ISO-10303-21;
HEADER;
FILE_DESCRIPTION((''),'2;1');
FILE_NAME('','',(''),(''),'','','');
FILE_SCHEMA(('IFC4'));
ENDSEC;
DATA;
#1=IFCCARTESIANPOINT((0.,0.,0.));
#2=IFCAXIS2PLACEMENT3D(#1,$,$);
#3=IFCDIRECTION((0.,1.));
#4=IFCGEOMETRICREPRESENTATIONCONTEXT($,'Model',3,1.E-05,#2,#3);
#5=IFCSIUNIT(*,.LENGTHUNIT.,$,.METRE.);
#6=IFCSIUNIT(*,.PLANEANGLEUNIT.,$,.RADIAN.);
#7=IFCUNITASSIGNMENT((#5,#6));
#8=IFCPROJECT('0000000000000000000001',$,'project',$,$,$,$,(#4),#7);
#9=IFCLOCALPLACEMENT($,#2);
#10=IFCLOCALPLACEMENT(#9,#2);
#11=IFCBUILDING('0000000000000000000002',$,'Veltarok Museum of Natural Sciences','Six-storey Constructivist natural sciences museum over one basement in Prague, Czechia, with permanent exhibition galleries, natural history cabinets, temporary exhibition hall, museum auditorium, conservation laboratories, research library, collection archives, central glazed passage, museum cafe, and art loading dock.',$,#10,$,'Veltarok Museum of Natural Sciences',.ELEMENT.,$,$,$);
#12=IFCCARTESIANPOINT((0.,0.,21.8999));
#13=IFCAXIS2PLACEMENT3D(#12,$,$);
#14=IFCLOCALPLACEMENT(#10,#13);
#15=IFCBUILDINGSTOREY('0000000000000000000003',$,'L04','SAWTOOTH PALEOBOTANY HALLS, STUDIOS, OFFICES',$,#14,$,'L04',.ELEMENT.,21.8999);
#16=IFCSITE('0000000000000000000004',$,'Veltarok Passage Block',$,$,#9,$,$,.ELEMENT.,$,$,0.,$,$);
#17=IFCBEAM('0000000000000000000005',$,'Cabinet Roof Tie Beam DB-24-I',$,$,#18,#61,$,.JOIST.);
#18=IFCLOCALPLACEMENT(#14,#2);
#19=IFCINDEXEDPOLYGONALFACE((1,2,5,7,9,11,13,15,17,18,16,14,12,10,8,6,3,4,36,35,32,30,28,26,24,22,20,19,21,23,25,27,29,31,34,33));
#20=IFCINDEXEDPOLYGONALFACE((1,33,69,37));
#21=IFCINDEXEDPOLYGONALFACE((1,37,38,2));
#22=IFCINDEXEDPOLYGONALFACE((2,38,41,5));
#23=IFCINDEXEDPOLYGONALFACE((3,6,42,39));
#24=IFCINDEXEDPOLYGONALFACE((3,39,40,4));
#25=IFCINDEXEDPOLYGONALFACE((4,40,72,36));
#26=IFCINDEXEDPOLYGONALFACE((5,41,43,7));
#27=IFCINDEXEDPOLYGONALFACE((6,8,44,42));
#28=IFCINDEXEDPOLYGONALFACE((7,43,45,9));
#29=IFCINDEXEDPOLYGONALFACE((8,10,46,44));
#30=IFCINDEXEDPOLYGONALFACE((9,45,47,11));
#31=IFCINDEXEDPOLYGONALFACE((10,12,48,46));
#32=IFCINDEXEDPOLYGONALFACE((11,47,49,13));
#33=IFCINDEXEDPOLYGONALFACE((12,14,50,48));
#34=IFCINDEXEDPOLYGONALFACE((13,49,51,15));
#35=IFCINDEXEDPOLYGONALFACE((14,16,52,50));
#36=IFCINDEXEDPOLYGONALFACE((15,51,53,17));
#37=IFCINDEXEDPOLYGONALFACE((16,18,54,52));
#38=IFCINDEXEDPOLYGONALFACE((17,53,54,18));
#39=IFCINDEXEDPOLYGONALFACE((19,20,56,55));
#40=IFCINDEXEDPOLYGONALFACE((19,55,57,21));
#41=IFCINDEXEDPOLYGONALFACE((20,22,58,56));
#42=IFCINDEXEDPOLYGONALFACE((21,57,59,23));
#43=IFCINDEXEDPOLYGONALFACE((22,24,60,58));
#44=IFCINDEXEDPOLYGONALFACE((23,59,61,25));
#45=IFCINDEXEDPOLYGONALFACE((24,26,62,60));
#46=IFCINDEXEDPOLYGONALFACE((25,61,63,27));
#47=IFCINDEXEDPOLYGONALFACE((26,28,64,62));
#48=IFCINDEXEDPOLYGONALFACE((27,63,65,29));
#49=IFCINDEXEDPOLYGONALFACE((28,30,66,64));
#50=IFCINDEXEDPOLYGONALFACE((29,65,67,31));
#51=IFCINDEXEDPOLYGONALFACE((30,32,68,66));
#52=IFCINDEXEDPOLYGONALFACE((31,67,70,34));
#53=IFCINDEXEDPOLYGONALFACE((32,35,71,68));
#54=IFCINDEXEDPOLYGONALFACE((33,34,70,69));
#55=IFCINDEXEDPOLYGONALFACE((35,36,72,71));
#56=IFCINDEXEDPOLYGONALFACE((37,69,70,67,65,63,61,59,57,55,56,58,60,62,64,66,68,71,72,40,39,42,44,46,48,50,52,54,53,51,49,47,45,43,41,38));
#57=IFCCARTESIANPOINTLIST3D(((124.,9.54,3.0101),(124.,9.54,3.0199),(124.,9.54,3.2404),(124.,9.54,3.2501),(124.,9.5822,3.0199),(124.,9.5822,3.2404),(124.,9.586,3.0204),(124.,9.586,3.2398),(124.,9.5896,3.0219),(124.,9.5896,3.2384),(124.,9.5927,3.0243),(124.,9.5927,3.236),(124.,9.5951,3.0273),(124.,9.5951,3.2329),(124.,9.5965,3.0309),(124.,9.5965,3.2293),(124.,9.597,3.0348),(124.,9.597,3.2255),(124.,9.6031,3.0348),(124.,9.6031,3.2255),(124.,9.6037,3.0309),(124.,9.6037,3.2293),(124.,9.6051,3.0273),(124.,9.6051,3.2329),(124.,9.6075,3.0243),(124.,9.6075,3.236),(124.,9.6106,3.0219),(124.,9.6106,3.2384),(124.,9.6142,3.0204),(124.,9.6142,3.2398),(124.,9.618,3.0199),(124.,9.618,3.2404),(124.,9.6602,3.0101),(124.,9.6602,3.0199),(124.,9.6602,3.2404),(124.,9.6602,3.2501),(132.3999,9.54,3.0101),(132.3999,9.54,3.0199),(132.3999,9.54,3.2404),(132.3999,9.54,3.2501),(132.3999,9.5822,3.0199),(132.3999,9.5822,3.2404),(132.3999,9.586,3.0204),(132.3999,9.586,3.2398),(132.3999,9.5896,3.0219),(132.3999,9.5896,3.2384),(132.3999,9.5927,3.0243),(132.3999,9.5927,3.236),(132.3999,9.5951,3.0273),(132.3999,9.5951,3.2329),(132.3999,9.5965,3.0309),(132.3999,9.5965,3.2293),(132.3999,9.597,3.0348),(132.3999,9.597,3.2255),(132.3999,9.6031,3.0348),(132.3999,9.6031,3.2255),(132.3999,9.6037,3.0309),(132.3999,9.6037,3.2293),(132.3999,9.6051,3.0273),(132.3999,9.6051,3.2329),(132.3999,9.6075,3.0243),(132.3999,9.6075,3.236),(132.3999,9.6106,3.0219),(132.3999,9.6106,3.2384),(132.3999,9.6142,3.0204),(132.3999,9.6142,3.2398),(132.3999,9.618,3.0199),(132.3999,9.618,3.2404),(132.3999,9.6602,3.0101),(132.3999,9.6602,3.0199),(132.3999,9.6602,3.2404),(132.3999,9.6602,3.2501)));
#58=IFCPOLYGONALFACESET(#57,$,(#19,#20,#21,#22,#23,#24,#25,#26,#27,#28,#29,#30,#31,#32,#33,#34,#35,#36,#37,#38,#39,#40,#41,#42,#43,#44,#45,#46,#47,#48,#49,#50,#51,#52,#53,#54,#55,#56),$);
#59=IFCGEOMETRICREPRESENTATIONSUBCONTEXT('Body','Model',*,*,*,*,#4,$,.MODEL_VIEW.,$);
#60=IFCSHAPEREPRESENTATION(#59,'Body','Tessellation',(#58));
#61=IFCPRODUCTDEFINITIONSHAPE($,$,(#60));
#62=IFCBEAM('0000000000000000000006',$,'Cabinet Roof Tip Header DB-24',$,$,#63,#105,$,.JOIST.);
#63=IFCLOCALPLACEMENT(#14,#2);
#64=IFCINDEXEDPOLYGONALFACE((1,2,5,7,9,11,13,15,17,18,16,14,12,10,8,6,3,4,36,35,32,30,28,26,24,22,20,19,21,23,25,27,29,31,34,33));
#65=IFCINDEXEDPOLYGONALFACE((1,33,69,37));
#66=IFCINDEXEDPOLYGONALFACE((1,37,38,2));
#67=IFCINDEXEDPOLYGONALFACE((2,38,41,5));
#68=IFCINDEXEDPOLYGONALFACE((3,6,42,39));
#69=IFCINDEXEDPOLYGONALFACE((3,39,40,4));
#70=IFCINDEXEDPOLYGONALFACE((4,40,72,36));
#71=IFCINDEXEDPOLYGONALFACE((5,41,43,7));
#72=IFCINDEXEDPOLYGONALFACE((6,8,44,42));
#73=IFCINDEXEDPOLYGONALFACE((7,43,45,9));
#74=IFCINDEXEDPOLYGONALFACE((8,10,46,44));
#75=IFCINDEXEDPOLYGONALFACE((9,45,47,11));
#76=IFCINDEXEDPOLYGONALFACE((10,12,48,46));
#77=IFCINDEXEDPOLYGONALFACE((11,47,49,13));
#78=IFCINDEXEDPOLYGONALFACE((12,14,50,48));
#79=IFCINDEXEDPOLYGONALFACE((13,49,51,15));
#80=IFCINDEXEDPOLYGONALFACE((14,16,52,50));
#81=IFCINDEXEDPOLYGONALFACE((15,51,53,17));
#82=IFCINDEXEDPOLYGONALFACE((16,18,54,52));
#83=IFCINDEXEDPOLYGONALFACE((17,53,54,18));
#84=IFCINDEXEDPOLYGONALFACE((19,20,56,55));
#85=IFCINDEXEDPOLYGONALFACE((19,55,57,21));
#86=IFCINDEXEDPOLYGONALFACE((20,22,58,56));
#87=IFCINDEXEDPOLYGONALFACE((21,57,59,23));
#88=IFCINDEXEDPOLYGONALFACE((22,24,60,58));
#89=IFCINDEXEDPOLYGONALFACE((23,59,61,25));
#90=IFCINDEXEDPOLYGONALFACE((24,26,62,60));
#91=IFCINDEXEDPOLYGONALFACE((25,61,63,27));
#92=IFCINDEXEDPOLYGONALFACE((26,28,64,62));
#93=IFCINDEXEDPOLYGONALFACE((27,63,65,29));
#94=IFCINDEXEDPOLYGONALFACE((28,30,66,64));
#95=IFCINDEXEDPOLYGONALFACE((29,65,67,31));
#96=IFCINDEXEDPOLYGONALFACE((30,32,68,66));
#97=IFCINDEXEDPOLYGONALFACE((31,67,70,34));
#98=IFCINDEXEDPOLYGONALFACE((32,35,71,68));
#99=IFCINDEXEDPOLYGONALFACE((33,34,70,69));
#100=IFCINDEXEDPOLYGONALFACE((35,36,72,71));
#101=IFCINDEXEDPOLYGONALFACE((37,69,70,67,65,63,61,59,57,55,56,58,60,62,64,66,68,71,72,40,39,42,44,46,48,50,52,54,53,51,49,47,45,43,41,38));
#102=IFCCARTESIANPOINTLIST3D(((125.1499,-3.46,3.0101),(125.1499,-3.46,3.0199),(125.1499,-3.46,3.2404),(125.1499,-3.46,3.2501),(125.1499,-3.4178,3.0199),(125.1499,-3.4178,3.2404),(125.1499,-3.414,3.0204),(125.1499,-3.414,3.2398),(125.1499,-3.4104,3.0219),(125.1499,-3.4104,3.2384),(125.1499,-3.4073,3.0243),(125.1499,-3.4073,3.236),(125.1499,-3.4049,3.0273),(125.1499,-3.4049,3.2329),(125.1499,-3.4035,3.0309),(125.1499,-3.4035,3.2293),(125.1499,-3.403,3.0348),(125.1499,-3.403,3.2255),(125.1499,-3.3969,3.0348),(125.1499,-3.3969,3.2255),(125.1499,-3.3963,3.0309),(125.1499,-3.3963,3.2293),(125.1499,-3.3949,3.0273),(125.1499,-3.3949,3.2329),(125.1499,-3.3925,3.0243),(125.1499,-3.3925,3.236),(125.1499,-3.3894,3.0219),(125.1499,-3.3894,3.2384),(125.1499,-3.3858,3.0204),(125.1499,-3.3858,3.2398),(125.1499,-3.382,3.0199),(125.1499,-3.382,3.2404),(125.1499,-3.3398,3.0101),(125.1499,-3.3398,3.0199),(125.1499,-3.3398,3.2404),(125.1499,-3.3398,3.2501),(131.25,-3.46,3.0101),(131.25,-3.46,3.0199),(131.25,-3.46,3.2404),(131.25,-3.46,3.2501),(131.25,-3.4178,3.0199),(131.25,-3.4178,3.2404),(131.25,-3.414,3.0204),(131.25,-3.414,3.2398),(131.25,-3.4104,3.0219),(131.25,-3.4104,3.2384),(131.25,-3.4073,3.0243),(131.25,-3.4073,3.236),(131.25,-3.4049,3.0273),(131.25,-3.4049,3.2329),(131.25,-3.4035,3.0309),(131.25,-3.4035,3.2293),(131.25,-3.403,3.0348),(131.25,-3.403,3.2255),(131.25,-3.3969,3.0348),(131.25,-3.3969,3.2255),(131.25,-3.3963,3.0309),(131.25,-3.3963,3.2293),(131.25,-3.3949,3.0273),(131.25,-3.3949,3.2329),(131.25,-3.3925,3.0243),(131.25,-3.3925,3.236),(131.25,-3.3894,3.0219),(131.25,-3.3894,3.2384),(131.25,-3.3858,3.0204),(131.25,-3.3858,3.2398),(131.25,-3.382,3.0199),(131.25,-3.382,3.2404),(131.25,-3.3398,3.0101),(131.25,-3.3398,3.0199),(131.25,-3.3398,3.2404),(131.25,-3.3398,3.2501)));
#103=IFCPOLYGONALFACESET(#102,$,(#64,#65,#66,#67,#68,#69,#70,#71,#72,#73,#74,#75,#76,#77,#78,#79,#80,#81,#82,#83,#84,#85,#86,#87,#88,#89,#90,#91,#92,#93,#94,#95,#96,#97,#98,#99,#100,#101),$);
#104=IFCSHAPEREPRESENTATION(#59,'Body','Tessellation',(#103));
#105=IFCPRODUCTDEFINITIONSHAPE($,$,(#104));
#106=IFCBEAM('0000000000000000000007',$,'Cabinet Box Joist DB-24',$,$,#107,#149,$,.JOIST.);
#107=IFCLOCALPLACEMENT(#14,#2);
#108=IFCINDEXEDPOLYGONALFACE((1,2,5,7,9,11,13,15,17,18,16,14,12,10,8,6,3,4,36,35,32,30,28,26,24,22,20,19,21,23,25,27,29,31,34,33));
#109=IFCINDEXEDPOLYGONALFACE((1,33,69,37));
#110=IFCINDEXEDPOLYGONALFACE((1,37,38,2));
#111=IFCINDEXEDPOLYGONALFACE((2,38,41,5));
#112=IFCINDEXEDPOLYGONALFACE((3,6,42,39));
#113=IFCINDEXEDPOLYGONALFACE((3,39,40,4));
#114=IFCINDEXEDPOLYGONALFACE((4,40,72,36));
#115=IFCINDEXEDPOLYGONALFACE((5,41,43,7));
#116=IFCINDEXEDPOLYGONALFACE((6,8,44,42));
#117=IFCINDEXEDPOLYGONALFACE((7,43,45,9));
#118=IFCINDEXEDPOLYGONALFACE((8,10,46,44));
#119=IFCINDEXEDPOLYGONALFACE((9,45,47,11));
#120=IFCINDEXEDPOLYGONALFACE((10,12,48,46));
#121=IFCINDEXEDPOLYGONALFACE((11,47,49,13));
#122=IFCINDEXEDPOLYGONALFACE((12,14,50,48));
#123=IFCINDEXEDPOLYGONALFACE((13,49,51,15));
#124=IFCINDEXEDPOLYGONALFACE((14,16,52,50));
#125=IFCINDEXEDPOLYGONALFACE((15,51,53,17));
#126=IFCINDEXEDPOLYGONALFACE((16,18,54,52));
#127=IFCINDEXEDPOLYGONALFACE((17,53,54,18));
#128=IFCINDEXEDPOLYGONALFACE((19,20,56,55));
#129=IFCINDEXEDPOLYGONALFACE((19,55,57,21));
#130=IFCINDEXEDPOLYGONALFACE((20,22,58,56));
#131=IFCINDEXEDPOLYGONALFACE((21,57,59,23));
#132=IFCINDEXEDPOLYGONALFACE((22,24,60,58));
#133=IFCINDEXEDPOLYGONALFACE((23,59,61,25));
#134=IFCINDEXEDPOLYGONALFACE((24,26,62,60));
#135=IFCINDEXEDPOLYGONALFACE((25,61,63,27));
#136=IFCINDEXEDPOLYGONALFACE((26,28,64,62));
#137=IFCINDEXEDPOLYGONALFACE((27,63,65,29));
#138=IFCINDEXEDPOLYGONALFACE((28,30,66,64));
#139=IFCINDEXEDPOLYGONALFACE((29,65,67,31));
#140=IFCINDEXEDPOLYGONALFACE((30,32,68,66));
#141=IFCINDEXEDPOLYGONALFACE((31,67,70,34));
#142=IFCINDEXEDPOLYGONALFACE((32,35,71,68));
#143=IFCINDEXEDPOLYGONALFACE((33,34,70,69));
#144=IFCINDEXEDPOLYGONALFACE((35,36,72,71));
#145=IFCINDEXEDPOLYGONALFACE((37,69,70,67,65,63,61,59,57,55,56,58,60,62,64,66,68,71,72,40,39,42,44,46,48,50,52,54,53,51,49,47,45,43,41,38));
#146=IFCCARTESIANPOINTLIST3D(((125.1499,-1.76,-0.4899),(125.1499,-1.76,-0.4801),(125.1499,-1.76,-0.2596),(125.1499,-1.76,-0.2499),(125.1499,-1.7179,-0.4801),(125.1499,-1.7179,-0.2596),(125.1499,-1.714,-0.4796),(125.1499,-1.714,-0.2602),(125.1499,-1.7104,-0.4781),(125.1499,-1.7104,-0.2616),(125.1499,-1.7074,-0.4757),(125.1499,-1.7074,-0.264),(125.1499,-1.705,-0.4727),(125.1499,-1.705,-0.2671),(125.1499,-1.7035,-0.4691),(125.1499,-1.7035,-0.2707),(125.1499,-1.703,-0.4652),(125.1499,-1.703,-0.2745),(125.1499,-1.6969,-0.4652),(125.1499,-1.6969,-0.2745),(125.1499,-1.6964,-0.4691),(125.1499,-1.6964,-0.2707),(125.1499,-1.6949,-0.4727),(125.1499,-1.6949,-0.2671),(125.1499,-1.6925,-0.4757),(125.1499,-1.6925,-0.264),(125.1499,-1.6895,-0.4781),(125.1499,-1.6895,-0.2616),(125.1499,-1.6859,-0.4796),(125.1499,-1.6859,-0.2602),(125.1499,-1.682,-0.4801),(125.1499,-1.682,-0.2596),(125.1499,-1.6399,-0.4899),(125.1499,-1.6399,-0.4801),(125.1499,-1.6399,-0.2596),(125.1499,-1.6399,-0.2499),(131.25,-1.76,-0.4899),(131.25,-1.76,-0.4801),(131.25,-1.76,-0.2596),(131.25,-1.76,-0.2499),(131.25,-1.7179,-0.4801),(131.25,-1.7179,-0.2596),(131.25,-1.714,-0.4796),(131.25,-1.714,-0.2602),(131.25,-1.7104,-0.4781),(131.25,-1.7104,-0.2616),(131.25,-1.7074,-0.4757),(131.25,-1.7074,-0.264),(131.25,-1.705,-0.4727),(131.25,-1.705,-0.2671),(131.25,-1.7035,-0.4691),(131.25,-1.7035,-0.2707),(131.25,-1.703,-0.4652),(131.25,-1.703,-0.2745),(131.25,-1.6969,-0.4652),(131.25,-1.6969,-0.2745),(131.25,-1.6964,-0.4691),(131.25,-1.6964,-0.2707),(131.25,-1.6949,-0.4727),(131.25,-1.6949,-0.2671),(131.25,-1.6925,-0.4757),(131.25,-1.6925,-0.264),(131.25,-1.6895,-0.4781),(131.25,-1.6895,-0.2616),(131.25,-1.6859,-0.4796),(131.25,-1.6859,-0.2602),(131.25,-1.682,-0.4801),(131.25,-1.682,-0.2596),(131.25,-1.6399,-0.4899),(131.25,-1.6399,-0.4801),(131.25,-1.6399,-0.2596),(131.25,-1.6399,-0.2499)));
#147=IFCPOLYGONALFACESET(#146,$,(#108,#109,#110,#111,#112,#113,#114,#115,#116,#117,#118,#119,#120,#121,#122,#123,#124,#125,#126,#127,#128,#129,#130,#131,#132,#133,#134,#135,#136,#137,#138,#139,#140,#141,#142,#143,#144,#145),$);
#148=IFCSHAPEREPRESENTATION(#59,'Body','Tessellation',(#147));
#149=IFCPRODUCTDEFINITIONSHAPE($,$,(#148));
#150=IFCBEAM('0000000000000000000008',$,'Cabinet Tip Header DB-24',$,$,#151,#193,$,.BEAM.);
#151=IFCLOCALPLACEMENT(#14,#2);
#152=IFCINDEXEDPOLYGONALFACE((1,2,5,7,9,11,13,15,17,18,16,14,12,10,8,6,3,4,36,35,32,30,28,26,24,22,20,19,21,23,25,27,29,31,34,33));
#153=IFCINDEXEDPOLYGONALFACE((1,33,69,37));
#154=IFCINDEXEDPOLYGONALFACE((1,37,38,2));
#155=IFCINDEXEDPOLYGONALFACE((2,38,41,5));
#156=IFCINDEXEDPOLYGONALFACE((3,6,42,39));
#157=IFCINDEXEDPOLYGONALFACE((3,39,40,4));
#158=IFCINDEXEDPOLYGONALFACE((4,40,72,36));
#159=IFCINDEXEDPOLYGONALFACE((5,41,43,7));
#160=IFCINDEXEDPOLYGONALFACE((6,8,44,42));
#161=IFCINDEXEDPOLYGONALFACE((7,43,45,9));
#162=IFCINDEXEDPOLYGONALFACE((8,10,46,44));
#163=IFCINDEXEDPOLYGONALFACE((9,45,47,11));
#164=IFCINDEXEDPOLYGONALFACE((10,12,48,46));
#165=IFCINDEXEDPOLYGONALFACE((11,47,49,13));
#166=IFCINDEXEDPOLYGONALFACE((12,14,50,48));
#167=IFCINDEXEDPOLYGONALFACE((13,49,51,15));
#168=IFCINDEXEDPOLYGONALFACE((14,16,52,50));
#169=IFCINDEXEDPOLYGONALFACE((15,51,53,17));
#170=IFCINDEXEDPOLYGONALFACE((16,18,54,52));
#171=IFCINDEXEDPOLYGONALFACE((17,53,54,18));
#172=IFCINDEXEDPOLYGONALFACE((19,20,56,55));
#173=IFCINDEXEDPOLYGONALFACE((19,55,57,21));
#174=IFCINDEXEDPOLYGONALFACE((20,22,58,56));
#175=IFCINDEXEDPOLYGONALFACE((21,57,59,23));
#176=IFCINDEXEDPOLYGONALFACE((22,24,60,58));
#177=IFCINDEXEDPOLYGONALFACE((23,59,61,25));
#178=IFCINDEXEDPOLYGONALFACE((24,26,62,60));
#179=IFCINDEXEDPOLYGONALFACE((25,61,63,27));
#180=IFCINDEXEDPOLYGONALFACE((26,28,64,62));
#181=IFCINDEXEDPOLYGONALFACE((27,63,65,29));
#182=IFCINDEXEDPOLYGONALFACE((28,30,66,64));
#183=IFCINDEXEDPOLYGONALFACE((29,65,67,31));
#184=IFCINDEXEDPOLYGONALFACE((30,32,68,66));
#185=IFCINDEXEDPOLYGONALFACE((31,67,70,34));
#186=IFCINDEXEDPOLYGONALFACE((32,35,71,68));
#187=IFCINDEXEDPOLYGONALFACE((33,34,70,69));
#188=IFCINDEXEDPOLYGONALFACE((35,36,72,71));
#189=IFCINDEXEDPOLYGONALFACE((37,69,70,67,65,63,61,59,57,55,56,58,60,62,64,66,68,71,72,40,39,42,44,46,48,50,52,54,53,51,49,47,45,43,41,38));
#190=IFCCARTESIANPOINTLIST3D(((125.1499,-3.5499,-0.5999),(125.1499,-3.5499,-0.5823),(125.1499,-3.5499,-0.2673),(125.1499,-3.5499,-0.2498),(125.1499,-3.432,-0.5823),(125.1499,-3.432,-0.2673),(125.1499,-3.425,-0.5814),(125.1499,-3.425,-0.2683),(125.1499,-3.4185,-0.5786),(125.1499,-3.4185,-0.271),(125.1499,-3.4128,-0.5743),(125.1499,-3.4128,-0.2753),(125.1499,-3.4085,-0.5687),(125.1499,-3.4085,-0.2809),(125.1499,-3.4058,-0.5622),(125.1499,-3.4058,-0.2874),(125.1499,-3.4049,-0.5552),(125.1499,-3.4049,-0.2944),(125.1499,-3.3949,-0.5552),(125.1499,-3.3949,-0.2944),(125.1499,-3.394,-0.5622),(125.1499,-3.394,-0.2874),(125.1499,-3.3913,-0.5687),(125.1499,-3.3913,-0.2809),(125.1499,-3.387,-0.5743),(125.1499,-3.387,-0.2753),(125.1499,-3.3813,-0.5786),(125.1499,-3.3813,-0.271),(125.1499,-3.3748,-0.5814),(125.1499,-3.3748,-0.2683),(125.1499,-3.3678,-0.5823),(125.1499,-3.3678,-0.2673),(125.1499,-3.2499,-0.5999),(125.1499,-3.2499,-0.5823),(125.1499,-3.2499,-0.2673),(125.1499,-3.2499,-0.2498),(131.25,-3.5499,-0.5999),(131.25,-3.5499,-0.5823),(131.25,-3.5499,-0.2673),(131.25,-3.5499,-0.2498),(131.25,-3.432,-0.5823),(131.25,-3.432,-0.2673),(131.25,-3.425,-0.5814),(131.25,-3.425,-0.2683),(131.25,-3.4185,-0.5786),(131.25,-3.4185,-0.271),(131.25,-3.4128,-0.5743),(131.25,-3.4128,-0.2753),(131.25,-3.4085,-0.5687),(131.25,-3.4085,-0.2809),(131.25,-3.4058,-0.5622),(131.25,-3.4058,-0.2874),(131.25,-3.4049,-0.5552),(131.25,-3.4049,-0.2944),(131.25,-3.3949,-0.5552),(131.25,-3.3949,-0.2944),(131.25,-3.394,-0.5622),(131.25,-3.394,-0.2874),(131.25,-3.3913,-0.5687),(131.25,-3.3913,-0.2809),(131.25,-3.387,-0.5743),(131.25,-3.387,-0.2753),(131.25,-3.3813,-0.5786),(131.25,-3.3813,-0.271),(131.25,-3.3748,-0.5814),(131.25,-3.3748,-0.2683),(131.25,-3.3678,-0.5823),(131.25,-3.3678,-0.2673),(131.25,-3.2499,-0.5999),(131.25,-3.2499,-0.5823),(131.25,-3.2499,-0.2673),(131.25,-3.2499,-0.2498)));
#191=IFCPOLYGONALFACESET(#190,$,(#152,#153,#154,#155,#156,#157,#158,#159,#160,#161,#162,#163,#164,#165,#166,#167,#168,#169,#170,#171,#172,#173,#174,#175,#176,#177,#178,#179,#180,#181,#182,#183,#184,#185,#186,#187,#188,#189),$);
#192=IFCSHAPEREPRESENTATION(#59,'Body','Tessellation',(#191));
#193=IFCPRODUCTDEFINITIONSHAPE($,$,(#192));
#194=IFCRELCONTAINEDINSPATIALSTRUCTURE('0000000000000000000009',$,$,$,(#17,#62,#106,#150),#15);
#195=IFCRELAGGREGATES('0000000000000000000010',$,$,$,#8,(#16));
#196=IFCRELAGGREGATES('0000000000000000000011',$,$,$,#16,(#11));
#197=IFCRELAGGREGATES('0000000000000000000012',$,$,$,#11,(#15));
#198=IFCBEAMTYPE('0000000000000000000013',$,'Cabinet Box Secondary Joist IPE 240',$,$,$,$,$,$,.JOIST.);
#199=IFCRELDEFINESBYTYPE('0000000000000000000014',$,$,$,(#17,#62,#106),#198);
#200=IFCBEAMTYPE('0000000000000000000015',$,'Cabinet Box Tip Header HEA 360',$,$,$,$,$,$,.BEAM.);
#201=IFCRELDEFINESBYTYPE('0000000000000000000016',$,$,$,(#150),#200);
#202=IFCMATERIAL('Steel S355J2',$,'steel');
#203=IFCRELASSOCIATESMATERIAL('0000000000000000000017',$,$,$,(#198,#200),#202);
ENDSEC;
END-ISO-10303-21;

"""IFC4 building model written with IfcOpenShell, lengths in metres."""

from ifc_helpers import new_model, si_unit, direction, frame, origin, origin_2d, place, context, subcontext, project, spatial, i_section, extrude, material, material_profile, profile_set, type_object, element, save


model = new_model("IFC4")

# Units and contexts
model_context = context("Model", 3, precision=1e-05, world=origin(), true_north=direction((0.0, 1.0)))
body_context = subcontext(model_context, "Body", "Model", "MODEL_VIEW")
ifc_project = project(units=[si_unit("LENGTHUNIT", "METRE"), si_unit("PLANEANGLEUNIT", "RADIAN")], contexts=[model_context])

# Site, building, storey
site_placement = place(None, origin())
site = spatial("IfcSite", under=ifc_project, at=site_placement, Name="Veltarok Passage Block", CompositionType="ELEMENT", RefElevation=0.0)
building_placement = place(site_placement, origin())
building = spatial("IfcBuilding", under=site, at=building_placement, Name="Veltarok Museum of Natural Sciences", Description="Six-storey Constructivist natural sciences museum over one basement in Prague, Czechia, with permanent exhibition galleries, natural history cabinets, temporary exhibition hall, museum auditorium, conservation laboratories, research library, collection archives, central glazed passage, museum cafe, and art loading dock.", LongName="Veltarok Museum of Natural Sciences", CompositionType="ELEMENT")
storey_placement = place(building_placement, frame((0.0, 0.0, 21.8999)))
storey = spatial("IfcBuildingStorey", under=building, at=storey_placement, Name="L04", Description="SAWTOOTH PALEOBOTANY HALLS, STUDIOS, OFFICES", LongName="L04", CompositionType="ELEMENT", Elevation=21.8999)

# Shared definitions
ifc_material_1 = material(Name="Steel S355J2", Category="steel")

# Beams
ifc_material_profile_1 = material_profile(ifc_material_1, i_section(OverallWidth=0.1201, OverallDepth=0.24, WebThickness=0.0061, FlangeThickness=0.0098, FilletRadius=0.0149, at=origin_2d()), Name="IPE 240")
ifc_profile_set_1 = profile_set([ifc_material_profile_1], Name="Steel S355J2")
beam_type_1 = type_object("IfcBeamType", Name="Cabinet Box Secondary Joist IPE 240", PredefinedType="JOIST", material=ifc_profile_set_1)
for number, where, z_axis, x_axis, name in (
    (1, (124.0, 9.6001, 3.1301), (1.0, 0.0, 0.0), (0.0, 1.0, 0.0), "Cabinet Roof Tie Beam DB-24-I"),
):
    element("IfcBeam", number, at=place(storey_placement, frame(where, z_axis=z_axis, x_axis=x_axis)), inside=storey, type_object=beam_type_1, Name=name, PredefinedType="JOIST", context=body_context, shape_type="SweptSolid", body=[
        extrude(i_section(OverallWidth=0.1201, OverallDepth=0.24, WebThickness=0.0061, FlangeThickness=0.0098, FilletRadius=0.0149, at=origin_2d()), origin(), (0.0, 0.0, 1.0), 8.3999),
    ])
for number, where, z_axis, x_axis, name in (
    (2, (125.1499, -3.3999, 3.1301), (1.0, 0.0, 0.0), (0.0, 1.0, 0.0), "Cabinet Roof Tip Header DB-24"),
    (3, (125.1499, -1.7, -0.3699), (1.0, 0.0, 0.0), (0.0, 1.0, 0.0), "Cabinet Box Joist DB-24"),
):
    element("IfcBeam", number, at=place(storey_placement, frame(where, z_axis=z_axis, x_axis=x_axis)), inside=storey, type_object=beam_type_1, Name=name, PredefinedType="JOIST", context=body_context, shape_type="SweptSolid", body=[
        extrude(i_section(OverallWidth=0.1201, OverallDepth=0.24, WebThickness=0.0061, FlangeThickness=0.0098, FilletRadius=0.0149, at=origin_2d()), origin(), (0.0, 0.0, 1.0), 6.1001),
    ])
ifc_material_profile_2 = material_profile(ifc_material_1, i_section(OverallWidth=0.3, OverallDepth=0.3501, WebThickness=0.01, FlangeThickness=0.0176, FilletRadius=0.0271, at=origin_2d()), Name="HEA 360")
ifc_profile_set_2 = profile_set([ifc_material_profile_2], Name="Steel S355J2")
beam_type_2 = type_object("IfcBeamType", Name="Cabinet Box Tip Header HEA 360", PredefinedType="BEAM", material=ifc_profile_set_2)
beam_1_placement = place(storey_placement, frame((125.1499, -3.3999, -0.4248), z_axis=(1.0, 0.0, 0.0), x_axis=(0.0, 1.0, 0.0)))
element("IfcBeam", 4, at=beam_1_placement, inside=storey, type_object=beam_type_2, Name="Cabinet Tip Header DB-24", PredefinedType="BEAM", context=body_context, shape_type="SweptSolid", body=[
    extrude(i_section(OverallWidth=0.3, OverallDepth=0.3501, WebThickness=0.01, FlangeThickness=0.0176, FilletRadius=0.0271, at=origin_2d()), origin(), (0.0, 0.0, 1.0), 6.1001),
])

save(model, "model.ifc")
